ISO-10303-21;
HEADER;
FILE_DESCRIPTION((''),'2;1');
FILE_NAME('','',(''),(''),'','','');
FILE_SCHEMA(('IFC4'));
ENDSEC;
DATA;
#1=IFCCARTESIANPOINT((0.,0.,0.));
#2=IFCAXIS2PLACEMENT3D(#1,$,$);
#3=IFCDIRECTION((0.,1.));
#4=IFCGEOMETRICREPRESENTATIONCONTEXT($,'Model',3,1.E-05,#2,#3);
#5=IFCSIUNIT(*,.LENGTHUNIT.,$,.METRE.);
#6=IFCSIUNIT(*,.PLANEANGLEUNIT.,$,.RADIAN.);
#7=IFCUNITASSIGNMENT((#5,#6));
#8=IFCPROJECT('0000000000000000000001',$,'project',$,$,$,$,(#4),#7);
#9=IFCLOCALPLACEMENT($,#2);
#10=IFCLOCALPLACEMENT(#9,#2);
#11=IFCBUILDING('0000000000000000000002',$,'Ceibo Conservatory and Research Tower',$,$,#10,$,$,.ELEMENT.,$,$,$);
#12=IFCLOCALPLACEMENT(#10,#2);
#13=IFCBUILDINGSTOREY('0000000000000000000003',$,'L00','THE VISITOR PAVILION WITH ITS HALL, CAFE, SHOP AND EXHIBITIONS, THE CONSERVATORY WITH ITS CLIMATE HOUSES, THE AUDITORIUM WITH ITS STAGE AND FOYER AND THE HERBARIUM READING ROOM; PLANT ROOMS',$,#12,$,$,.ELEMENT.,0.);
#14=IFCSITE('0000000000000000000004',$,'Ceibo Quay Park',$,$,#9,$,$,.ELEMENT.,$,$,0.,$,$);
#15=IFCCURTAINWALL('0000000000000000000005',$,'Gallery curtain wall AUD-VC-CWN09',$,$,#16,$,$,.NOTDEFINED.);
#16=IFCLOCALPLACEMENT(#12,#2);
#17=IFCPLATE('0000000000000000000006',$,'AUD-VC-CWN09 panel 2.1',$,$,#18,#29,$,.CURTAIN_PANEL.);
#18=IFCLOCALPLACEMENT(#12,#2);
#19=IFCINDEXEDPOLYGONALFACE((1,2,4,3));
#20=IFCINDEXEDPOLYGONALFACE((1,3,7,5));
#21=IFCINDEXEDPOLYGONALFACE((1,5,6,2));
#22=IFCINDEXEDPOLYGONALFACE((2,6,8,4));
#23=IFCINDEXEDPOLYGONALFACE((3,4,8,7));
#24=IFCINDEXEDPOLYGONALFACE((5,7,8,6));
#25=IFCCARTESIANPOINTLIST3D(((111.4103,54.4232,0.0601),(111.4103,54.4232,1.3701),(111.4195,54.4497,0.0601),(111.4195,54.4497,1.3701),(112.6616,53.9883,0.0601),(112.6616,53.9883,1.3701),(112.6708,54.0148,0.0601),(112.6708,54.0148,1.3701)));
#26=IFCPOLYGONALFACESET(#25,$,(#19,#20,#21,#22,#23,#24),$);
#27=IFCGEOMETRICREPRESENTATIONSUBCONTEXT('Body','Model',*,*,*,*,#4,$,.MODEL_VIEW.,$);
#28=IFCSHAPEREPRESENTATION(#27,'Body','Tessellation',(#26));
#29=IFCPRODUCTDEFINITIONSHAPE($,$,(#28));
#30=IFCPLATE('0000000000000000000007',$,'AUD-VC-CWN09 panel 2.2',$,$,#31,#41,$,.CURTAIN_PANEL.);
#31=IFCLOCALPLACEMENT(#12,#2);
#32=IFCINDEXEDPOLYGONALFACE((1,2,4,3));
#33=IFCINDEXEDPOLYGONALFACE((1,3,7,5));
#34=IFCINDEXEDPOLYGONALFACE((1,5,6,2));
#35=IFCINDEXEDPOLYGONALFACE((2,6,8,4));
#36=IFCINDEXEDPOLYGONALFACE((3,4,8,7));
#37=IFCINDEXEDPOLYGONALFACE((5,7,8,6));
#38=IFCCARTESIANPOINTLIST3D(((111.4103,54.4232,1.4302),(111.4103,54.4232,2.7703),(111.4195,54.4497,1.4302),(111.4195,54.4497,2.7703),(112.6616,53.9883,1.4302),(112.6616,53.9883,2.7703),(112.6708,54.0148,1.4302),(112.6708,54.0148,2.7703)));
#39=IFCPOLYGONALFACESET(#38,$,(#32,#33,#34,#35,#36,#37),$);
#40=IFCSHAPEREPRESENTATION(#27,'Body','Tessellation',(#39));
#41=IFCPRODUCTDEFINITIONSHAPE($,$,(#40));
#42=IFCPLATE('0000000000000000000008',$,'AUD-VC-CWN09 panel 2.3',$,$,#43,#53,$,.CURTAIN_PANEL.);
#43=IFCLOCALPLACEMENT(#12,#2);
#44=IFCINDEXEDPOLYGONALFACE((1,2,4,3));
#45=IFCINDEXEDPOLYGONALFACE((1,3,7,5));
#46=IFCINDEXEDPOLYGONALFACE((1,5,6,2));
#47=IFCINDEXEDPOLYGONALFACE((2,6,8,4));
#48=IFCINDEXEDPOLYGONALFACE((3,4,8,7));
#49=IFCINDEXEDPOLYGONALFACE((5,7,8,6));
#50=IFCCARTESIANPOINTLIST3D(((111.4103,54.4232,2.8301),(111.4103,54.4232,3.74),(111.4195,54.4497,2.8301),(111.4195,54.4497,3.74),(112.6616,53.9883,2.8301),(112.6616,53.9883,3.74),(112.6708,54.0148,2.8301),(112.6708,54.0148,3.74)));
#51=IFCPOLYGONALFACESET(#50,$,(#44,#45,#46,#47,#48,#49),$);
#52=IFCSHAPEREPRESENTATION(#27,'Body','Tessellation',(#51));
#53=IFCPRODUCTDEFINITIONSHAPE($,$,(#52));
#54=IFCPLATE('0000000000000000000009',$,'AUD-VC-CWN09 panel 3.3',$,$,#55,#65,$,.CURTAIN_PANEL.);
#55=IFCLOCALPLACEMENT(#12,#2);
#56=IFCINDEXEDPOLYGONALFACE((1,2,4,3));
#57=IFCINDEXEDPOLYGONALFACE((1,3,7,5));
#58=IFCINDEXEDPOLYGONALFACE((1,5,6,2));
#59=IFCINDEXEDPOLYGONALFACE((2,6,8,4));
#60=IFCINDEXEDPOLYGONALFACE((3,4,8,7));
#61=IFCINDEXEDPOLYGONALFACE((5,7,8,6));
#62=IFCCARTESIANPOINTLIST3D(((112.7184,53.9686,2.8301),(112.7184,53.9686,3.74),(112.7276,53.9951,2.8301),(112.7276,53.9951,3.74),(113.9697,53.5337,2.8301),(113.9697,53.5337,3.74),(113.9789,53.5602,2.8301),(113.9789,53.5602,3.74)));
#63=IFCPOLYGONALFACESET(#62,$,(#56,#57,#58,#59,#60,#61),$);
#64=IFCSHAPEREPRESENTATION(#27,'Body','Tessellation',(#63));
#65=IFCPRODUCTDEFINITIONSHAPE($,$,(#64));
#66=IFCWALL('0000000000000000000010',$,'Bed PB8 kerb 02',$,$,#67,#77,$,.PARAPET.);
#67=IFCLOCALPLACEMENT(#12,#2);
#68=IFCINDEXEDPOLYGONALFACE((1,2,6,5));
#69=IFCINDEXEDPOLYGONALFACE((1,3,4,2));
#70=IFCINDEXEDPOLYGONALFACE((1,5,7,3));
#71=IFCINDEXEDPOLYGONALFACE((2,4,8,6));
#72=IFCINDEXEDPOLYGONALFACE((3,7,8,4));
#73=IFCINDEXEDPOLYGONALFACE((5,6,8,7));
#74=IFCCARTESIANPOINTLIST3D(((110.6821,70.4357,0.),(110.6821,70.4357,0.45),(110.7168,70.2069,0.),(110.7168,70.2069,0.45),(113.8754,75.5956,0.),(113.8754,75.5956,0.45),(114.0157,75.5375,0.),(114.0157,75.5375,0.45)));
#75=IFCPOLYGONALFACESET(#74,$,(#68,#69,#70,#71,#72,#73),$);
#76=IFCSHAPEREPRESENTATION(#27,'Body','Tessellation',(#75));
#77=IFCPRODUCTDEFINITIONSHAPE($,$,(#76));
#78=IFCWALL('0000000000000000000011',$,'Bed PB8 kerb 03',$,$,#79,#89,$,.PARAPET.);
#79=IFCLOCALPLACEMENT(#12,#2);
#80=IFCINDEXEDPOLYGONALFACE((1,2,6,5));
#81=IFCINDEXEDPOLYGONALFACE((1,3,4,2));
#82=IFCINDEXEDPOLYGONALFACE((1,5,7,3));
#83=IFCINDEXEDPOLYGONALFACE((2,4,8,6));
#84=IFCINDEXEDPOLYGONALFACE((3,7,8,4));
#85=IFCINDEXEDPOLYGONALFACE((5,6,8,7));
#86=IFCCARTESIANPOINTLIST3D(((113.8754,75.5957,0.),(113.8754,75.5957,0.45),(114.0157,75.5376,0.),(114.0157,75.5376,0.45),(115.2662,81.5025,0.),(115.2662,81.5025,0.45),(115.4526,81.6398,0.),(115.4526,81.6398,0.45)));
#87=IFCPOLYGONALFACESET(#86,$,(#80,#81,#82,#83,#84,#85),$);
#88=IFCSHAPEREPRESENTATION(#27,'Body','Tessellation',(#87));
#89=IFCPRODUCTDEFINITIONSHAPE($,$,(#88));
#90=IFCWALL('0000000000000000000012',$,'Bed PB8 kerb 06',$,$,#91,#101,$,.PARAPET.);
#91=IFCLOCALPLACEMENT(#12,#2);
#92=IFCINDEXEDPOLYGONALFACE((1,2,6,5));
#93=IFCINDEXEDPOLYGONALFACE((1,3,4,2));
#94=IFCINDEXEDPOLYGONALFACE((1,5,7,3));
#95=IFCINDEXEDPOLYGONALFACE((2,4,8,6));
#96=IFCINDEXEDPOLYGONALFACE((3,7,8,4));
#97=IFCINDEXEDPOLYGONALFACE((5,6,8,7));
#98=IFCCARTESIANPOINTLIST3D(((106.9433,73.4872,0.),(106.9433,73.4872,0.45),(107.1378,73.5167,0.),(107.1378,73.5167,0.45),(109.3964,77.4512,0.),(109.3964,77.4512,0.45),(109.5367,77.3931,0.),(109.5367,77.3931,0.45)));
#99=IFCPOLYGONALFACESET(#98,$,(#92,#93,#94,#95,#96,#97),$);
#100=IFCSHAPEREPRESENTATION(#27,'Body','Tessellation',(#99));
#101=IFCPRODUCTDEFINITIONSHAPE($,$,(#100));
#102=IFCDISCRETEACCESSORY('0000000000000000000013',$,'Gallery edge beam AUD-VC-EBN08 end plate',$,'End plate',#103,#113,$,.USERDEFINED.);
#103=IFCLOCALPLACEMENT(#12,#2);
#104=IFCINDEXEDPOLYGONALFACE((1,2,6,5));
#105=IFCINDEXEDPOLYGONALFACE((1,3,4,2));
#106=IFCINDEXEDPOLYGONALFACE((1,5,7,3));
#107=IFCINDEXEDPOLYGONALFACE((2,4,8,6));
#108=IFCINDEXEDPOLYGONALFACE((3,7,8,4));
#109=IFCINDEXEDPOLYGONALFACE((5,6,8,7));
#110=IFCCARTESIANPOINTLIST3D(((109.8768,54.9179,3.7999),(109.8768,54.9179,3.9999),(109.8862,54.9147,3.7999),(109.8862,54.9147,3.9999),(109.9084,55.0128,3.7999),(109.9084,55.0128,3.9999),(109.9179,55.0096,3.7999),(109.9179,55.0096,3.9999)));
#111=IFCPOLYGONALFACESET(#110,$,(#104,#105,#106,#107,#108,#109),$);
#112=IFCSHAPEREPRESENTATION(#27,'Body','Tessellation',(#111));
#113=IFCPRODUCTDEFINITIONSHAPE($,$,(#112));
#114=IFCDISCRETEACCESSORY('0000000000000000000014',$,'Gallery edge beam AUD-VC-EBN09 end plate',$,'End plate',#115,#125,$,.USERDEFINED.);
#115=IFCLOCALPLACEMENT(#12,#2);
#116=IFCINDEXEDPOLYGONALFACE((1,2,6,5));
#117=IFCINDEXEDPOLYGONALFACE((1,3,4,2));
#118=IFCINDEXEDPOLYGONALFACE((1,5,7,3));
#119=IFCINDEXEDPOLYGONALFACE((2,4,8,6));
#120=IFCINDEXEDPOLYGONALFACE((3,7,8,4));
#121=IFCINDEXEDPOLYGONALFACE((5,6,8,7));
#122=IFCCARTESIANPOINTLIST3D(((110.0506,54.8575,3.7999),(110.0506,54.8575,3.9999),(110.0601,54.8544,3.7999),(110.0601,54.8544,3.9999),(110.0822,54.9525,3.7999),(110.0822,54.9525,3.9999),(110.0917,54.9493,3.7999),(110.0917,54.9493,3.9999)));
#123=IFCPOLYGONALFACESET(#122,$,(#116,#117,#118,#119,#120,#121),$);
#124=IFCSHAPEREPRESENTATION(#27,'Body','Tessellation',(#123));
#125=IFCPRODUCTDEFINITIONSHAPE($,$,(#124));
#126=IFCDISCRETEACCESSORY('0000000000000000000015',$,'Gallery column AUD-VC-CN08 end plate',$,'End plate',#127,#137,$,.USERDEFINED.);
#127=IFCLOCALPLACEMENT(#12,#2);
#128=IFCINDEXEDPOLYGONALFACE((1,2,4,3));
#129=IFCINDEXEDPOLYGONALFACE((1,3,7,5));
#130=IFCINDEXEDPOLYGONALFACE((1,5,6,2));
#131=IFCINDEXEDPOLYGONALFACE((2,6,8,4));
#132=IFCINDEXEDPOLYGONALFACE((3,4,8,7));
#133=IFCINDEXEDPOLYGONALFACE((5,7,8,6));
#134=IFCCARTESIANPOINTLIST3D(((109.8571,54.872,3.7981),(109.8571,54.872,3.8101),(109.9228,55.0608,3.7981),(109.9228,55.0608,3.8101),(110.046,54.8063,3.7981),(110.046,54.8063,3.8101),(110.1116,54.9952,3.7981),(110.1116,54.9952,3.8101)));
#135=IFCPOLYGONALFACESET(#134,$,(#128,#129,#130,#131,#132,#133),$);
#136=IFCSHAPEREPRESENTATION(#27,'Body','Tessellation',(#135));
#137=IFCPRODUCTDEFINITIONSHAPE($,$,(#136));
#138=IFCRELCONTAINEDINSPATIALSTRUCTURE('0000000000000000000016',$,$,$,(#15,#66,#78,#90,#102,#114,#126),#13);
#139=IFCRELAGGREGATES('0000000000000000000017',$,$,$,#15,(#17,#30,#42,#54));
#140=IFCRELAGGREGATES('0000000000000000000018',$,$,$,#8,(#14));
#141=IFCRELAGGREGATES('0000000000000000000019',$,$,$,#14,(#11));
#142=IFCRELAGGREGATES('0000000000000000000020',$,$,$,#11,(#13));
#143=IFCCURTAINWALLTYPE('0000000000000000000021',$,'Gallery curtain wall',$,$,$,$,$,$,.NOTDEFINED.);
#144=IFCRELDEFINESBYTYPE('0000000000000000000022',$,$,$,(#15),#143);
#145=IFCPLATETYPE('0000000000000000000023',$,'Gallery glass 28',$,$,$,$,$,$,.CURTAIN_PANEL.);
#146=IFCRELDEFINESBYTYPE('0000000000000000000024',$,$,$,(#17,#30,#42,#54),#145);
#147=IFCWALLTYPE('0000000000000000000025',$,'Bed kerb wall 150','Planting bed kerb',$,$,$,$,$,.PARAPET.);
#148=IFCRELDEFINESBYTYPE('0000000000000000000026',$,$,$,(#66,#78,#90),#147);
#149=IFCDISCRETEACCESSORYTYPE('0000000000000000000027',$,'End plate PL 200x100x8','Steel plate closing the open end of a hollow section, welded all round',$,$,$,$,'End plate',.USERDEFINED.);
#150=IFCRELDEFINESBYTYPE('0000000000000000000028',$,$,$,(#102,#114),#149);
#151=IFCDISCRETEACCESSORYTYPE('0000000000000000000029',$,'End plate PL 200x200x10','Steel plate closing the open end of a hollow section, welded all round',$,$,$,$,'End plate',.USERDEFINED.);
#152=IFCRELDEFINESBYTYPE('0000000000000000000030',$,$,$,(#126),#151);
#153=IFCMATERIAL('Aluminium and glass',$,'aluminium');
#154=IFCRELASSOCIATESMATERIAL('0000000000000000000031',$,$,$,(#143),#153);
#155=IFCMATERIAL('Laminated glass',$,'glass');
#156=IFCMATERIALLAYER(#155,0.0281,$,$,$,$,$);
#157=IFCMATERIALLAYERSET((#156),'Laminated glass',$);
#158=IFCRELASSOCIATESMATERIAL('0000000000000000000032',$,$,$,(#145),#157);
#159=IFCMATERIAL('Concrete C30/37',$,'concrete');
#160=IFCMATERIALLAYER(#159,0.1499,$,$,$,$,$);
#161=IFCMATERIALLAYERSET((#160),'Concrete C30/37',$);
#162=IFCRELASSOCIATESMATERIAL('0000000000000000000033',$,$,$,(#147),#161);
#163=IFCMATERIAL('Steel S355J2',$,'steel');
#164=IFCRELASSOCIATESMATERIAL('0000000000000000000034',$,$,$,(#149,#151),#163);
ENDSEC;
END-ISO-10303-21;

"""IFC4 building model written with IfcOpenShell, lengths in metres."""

from ifc_helpers import new_model, si_unit, direction, frame, origin, origin_2d, place, context, subcontext, project, spatial, polyline, rectangle, outline, extrude, material, layer, layer_set, material_profile, profile_set, type_object, element, aggregate, save


model = new_model("IFC4")

# Units and contexts
model_context = context("Model", 3, precision=1e-05, world=origin(), true_north=direction((0.0, 1.0)))
body_context = subcontext(model_context, "Body", "Model", "MODEL_VIEW")
ifc_project = project(units=[si_unit("LENGTHUNIT", "METRE"), si_unit("PLANEANGLEUNIT", "RADIAN")], contexts=[model_context])

# Site, building, storey
site_placement = place(None, origin())
site = spatial("IfcSite", under=ifc_project, at=site_placement, Name="Ceibo Quay Park", CompositionType="ELEMENT", RefElevation=0.0)
building_placement = place(site_placement, origin())
building = spatial("IfcBuilding", under=site, at=building_placement, Name="Ceibo Conservatory and Research Tower", CompositionType="ELEMENT")
storey_placement = place(building_placement, origin())
storey = spatial("IfcBuildingStorey", under=building, at=storey_placement, Name="L00", Description="THE VISITOR PAVILION WITH ITS HALL, CAFE, SHOP AND EXHIBITIONS, THE CONSERVATORY WITH ITS CLIMATE HOUSES, THE AUDITORIUM WITH ITS STAGE AND FOYER AND THE HERBARIUM READING ROOM; PLANT ROOMS", CompositionType="ELEMENT", Elevation=0.0)

# Curtain wall
ifc_material_1 = material(Name="Aluminium and glass", Category="aluminium")
curtain_wall_type = type_object("IfcCurtainWallType", Name="Gallery curtain wall", PredefinedType="NOTDEFINED", material=ifc_material_1)
curtain_wall_placement = place(storey_placement, origin())
curtain_wall = element("IfcCurtainWall", 1, at=curtain_wall_placement, inside=storey, type_object=curtain_wall_type, Name="Gallery curtain wall AUD-VC-CWN09", PredefinedType="NOTDEFINED")

# Shared definitions
ifc_material_2 = material(Name="Steel S355J2", Category="steel")

# Plates
ifc_material_3 = material(Name="Laminated glass", Category="glass")
ifc_layer_1 = layer(ifc_material_3, 0.0281)
ifc_layer_set_1 = layer_set([ifc_layer_1], Name="Laminated glass")
plate_type = type_object("IfcPlateType", Name="Gallery glass 28", PredefinedType="CURTAIN_PANEL", material=ifc_layer_set_1)
plate_1_placement = place(storey_placement, frame((112.0405, 54.219, 0.0601), z_axis=(0.0, 0.0, 1.0), x_axis=(0.944579, -0.328284, 0.0)))
plate_1 = element("IfcPlate", 2, at=plate_1_placement, type_object=plate_type, Name="AUD-VC-CWN09 panel 2.1", PredefinedType="CURTAIN_PANEL", context=body_context, shape_type="SweptSolid", body=[
    extrude(rectangle(XDim=1.3247, YDim=0.0281, at=origin_2d()), origin(), (0.0, 0.0, 1.0), 1.3101),
])
plate_2_placement = place(storey_placement, frame((112.0405, 54.219, 1.4302), z_axis=(0.0, 0.0, 1.0), x_axis=(0.944579, -0.328284, 0.0)))
plate_2 = element("IfcPlate", 3, at=plate_2_placement, type_object=plate_type, Name="AUD-VC-CWN09 panel 2.2", PredefinedType="CURTAIN_PANEL", context=body_context, shape_type="SweptSolid", body=[
    extrude(rectangle(XDim=1.3247, YDim=0.0281, at=origin_2d()), origin(), (0.0, 0.0, 1.0), 1.3401),
])
plate_3_placement = place(storey_placement, frame((112.0405, 54.219, 2.8301), z_axis=(0.0, 0.0, 1.0), x_axis=(0.944579, -0.328284, 0.0)))
plate_3 = element("IfcPlate", 4, at=plate_3_placement, type_object=plate_type, Name="AUD-VC-CWN09 panel 2.3", PredefinedType="CURTAIN_PANEL", context=body_context, shape_type="SweptSolid", body=[
    extrude(rectangle(XDim=1.3247, YDim=0.0281, at=origin_2d()), origin(), (0.0, 0.0, 1.0), 0.9099),
])
plate_4_placement = place(storey_placement, frame((113.3486, 53.7644, 2.8301), z_axis=(0.0, 0.0, 1.0), x_axis=(0.944579, -0.328284, 0.0)))
plate_4 = element("IfcPlate", 5, at=plate_4_placement, type_object=plate_type, Name="AUD-VC-CWN09 panel 3.3", PredefinedType="CURTAIN_PANEL", context=body_context, shape_type="SweptSolid", body=[
    extrude(rectangle(XDim=1.3247, YDim=0.0281, at=origin_2d()), origin(), (0.0, 0.0, 1.0), 0.9099),
])
aggregate(curtain_wall, [plate_1, plate_2, plate_3, plate_4])

# Walls
ifc_material_4 = material(Name="Concrete C30/37", Category="concrete")
ifc_layer_2 = layer(ifc_material_4, 0.1499)
ifc_layer_set_2 = layer_set([ifc_layer_2], Name="Concrete C30/37")
wall_type = type_object("IfcWallType", Name="Bed kerb wall 150", Description="Planting bed kerb", PredefinedType="PARAPET", material=ifc_layer_set_2)
wall_1_placement = place(storey_placement, frame((110.6995, 70.3213, 0.0), z_axis=(0.0, 0.0, 1.0), x_axis=(0.526233, 0.85034, 0.0)))
element("IfcWall", 6, at=wall_1_placement, inside=storey, type_object=wall_type, Name="Bed PB8 kerb 02", PredefinedType="PARAPET", context=body_context, shape_type="SweptSolid", body=[
    extrude(outline(polyline([(-0.0881, -0.075), (6.1807, -0.075), (6.1562, 0.075), (0.0881, 0.075), (-0.0881, -0.075)])), origin(), (0.0, 0.0, 1.0), 0.45),
])
wall_2_placement = place(storey_placement, frame((113.9456, 75.5667, 0.0), z_axis=(0.0, 0.0, 1.0), x_axis=(0.229196, 0.97338, 0.0)))
element("IfcWall", 7, at=wall_2_placement, inside=storey, type_object=wall_type, Name="Bed PB8 kerb 03", PredefinedType="PARAPET", context=body_context, shape_type="SweptSolid", body=[
    extrude(outline(polyline([(-0.0122, -0.075), (6.2568, -0.075), (6.0806, 0.075), (0.0122, 0.075), (-0.0122, -0.075)])), origin(), (0.0, 0.0, 1.0), 0.45),
])
wall_3_placement = place(storey_placement, frame((109.4666, 77.4221, 0.0), z_axis=(0.0, 0.0, 1.0), x_axis=(-0.526238, -0.850337, 0.0)))
element("IfcWall", 8, at=wall_3_placement, inside=storey, type_object=wall_type, Name="Bed PB8 kerb 06", PredefinedType="PARAPET", context=body_context, shape_type="SweptSolid", body=[
    extrude(outline(polyline([(0.0122, -0.075), (4.6738, -0.075), (4.5464, 0.075), (-0.0122, 0.075), (0.0122, -0.075)])), origin(), (0.0, 0.0, 1.0), 0.45),
])

# Discrete accessories
ifc_material_profile_1 = material_profile(ifc_material_2, rectangle(XDim=0.1001, YDim=0.2, at=origin_2d()), Name="End plate PL 200x100x8")
ifc_profile_set_1 = profile_set([ifc_material_profile_1], Name="Steel S355J2")
discrete_accessory_type_1 = type_object("IfcDiscreteAccessoryType", Name="End plate PL 200x100x8", Description="Steel plate closing the open end of a hollow section, welded all round", ElementType="End plate", PredefinedType="USERDEFINED", material=ifc_profile_set_1)
for number, where, z_axis, x_axis, name in (
    (9, (109.8926, 54.9653, 3.8999), (0.948683, -0.316228, 0.0), (0.316228, 0.948683, 0.0), "Gallery edge beam AUD-VC-EBN08 end plate"),
    (10, (110.0664, 54.905, 3.8999), (0.948683, -0.316228, 0.0), (0.316228, 0.948683, 0.0), "Gallery edge beam AUD-VC-EBN09 end plate"),
):
    element("IfcDiscreteAccessory", number, at=place(storey_placement, frame(where, z_axis=z_axis, x_axis=x_axis)), inside=storey, type_object=discrete_accessory_type_1, Name=name, ObjectType="End plate", PredefinedType="USERDEFINED", context=body_context, shape_type="SweptSolid", body=[
        extrude(rectangle(XDim=0.1001, YDim=0.2, at=origin_2d()), origin(), (0.0, 0.0, 1.0), 0.01),
    ])
ifc_material_profile_2 = material_profile(ifc_material_2, rectangle(XDim=0.2, YDim=0.2, at=origin_2d()), Name="End plate PL 200x200x10")
ifc_profile_set_2 = profile_set([ifc_material_profile_2], Name="Steel S355J2")
discrete_accessory_type_2 = type_object("IfcDiscreteAccessoryType", Name="End plate PL 200x200x10", Description="Steel plate closing the open end of a hollow section, welded all round", ElementType="End plate", PredefinedType="USERDEFINED", material=ifc_profile_set_2)
discrete_accessory_placement = place(storey_placement, frame((109.9844, 54.9336, 3.7981), z_axis=(0.0, 0.0, 1.0), x_axis=(0.944579, -0.328284, 0.0)))
element("IfcDiscreteAccessory", 11, at=discrete_accessory_placement, inside=storey, type_object=discrete_accessory_type_2, Name="Gallery column AUD-VC-CN08 end plate", ObjectType="End plate", PredefinedType="USERDEFINED", context=body_context, shape_type="SweptSolid", body=[
    extrude(rectangle(XDim=0.2, YDim=0.2, at=origin_2d()), origin(), (0.0, 0.0, 1.0), 0.012),
])

save(model, "model.ifc")
